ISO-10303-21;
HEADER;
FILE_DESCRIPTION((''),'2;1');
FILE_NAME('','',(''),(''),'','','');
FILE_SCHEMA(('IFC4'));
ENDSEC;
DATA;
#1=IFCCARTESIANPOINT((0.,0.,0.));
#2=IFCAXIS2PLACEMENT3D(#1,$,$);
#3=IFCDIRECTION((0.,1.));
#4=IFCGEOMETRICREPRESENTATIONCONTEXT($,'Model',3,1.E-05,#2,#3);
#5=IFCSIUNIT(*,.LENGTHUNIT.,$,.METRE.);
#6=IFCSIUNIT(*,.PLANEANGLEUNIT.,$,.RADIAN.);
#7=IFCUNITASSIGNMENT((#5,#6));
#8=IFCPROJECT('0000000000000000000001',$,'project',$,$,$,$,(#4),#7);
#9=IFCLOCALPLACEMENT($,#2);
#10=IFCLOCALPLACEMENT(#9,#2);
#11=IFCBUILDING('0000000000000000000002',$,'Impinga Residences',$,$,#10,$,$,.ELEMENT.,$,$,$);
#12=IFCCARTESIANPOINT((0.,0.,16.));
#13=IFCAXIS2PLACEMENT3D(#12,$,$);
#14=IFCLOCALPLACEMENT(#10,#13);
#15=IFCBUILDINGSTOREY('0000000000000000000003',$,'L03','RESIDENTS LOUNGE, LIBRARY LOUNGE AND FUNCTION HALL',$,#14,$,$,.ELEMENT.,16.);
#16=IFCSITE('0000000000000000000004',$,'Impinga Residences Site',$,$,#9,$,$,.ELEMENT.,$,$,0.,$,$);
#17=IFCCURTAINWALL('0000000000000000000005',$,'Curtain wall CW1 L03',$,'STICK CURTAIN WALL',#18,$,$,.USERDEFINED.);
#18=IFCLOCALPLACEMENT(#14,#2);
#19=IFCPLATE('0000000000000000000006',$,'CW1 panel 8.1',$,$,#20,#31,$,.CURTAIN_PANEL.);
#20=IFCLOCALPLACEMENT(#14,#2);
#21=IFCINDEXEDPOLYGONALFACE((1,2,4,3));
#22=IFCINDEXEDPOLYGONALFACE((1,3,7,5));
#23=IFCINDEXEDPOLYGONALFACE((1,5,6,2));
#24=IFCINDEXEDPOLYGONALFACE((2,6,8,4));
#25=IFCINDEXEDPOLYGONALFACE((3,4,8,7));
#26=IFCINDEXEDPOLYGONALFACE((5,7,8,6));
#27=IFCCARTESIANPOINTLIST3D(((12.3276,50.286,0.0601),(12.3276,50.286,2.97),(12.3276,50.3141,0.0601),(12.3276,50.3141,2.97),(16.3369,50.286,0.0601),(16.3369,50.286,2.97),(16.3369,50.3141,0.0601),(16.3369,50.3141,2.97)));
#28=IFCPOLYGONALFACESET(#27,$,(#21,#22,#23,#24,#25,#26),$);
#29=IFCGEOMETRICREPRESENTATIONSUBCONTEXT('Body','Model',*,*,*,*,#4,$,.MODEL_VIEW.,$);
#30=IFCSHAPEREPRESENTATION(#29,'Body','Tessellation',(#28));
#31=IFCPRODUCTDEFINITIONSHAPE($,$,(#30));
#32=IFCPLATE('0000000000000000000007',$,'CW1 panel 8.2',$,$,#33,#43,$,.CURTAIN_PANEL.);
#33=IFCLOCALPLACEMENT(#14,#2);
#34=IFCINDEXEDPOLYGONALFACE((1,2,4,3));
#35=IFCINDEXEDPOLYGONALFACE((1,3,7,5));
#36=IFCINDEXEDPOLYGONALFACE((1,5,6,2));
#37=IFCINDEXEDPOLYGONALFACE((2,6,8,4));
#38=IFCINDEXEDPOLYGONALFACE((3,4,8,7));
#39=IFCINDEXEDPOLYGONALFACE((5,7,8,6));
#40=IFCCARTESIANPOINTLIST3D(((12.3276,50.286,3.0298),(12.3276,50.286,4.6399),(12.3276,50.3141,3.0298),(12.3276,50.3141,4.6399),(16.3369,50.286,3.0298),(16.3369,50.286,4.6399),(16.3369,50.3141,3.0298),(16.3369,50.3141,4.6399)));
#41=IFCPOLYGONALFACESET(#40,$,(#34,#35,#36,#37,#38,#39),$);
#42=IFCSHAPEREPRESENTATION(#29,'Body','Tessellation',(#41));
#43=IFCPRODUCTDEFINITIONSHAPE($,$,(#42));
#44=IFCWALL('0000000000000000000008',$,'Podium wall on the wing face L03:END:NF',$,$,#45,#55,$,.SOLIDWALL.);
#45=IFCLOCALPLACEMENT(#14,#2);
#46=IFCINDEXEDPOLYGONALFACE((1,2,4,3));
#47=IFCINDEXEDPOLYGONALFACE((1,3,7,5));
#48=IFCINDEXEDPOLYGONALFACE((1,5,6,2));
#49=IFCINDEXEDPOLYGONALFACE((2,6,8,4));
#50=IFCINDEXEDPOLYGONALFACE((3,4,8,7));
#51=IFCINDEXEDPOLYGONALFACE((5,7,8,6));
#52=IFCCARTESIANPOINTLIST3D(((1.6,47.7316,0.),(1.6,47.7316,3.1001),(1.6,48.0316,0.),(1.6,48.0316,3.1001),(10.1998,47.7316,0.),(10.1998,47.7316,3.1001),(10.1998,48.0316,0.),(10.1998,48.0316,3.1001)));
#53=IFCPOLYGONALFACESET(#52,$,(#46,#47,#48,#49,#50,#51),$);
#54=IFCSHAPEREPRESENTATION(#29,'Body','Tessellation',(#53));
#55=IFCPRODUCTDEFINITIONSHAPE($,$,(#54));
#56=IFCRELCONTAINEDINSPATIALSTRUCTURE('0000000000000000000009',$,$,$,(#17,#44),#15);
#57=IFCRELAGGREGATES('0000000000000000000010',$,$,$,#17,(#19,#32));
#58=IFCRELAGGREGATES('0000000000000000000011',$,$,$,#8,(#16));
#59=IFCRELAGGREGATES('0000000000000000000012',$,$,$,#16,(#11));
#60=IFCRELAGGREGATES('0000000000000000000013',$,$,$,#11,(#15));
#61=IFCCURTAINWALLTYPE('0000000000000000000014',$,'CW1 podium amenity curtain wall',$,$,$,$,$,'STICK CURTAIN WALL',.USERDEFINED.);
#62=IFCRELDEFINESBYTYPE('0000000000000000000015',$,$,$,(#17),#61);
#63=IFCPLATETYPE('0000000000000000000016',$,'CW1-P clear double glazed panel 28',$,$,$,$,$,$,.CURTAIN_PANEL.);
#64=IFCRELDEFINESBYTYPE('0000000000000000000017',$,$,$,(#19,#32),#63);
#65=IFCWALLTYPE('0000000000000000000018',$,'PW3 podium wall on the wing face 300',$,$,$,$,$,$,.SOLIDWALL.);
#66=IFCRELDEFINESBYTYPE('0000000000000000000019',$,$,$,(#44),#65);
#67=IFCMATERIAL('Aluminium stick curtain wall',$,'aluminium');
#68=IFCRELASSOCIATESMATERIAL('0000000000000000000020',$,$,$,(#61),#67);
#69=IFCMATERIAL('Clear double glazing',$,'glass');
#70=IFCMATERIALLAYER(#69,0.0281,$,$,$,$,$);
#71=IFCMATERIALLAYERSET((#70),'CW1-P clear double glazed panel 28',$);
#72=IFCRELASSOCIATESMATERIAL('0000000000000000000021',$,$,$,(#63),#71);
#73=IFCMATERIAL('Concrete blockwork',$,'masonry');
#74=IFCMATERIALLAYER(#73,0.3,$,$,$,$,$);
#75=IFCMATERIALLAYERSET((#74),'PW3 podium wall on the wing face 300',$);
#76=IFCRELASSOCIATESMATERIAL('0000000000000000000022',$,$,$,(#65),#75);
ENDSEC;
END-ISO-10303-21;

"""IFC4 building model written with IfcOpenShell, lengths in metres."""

from ifc_helpers import new_model, si_unit, direction, frame, frame_2d, origin, origin_2d, place, context, subcontext, project, spatial, rectangle, extrude, material, layer, layer_set, type_object, element, aggregate, save


model = new_model("IFC4")

# Units and contexts
model_context = context("Model", 3, precision=1e-05, world=origin(), true_north=direction((0.0, 1.0)))
body_context = subcontext(model_context, "Body", "Model", "MODEL_VIEW")
ifc_project = project(units=[si_unit("LENGTHUNIT", "METRE"), si_unit("PLANEANGLEUNIT", "RADIAN")], contexts=[model_context])

# Site, building, storey
site_placement = place(None, origin())
site = spatial("IfcSite", under=ifc_project, at=site_placement, Name="Impinga Residences Site", CompositionType="ELEMENT", RefElevation=0.0)
building_placement = place(site_placement, origin())
building = spatial("IfcBuilding", under=site, at=building_placement, Name="Impinga Residences", CompositionType="ELEMENT")
storey_placement = place(building_placement, frame((0.0, 0.0, 16.0)))
storey = spatial("IfcBuildingStorey", under=building, at=storey_placement, Name="L03", Description="RESIDENTS LOUNGE, LIBRARY LOUNGE AND FUNCTION HALL", CompositionType="ELEMENT", Elevation=16.0)

# Curtain wall
ifc_material_1 = material(Name="Aluminium stick curtain wall", Category="aluminium")
curtain_wall_type = type_object("IfcCurtainWallType", Name="CW1 podium amenity curtain wall", ElementType="STICK CURTAIN WALL", PredefinedType="USERDEFINED", material=ifc_material_1)
curtain_wall_placement = place(storey_placement, origin())
curtain_wall = element("IfcCurtainWall", 1, at=curtain_wall_placement, inside=storey, type_object=curtain_wall_type, Name="Curtain wall CW1 L03", ObjectType="STICK CURTAIN WALL", PredefinedType="USERDEFINED")

# Plates
ifc_material_2 = material(Name="Clear double glazing", Category="glass")
ifc_layer_1 = layer(ifc_material_2, 0.0281)
ifc_layer_set_1 = layer_set([ifc_layer_1], Name="CW1-P clear double glazed panel 28")
plate_type = type_object("IfcPlateType", Name="CW1-P clear double glazed panel 28", PredefinedType="CURTAIN_PANEL", material=ifc_layer_set_1)
plate_1_placement = place(storey_placement, frame((14.3323, 50.3, 0.0601), z_axis=(0.0, 0.0, 1.0), x_axis=(1.0, 0.0, 0.0)))
plate_1 = element("IfcPlate", 2, at=plate_1_placement, type_object=plate_type, Name="CW1 panel 8.1", PredefinedType="CURTAIN_PANEL", context=body_context, shape_type="SweptSolid", body=[
    extrude(rectangle(XDim=4.0093, YDim=0.0281, at=origin_2d()), origin(), (0.0, 0.0, 1.0), 2.9099),
])
plate_2_placement = place(storey_placement, frame((14.3323, 50.3, 3.0298), z_axis=(0.0, 0.0, 1.0), x_axis=(1.0, 0.0, 0.0)))
plate_2 = element("IfcPlate", 3, at=plate_2_placement, type_object=plate_type, Name="CW1 panel 8.2", PredefinedType="CURTAIN_PANEL", context=body_context, shape_type="SweptSolid", body=[
    extrude(rectangle(XDim=4.0093, YDim=0.0281, at=origin_2d()), origin(), (0.0, 0.0, 1.0), 1.6101),
])
aggregate(curtain_wall, [plate_1, plate_2])

# Wall
ifc_material_3 = material(Name="Concrete blockwork", Category="masonry")
ifc_layer_2 = layer(ifc_material_3, 0.3)
ifc_layer_set_2 = layer_set([ifc_layer_2], Name="PW3 podium wall on the wing face 300")
wall_type = type_object("IfcWallType", Name="PW3 podium wall on the wing face 300", PredefinedType="SOLIDWALL", material=ifc_layer_set_2)
wall_placement = place(storey_placement, frame((1.6001, 47.8816, 0.0), z_axis=(0.0, 0.0, 1.0), x_axis=(1.0, 0.0, 0.0)))
element("IfcWall", 4, at=wall_placement, inside=storey, type_object=wall_type, Name="Podium wall on the wing face L03:END:NF", PredefinedType="SOLIDWALL", context=body_context, shape_type="SweptSolid", body=[
    extrude(rectangle(XDim=8.5999, YDim=0.3, at=frame_2d((4.2998, 0.0))), origin(), (0.0, 0.0, 1.0), 3.1001),
])

save(model, "model.ifc")
